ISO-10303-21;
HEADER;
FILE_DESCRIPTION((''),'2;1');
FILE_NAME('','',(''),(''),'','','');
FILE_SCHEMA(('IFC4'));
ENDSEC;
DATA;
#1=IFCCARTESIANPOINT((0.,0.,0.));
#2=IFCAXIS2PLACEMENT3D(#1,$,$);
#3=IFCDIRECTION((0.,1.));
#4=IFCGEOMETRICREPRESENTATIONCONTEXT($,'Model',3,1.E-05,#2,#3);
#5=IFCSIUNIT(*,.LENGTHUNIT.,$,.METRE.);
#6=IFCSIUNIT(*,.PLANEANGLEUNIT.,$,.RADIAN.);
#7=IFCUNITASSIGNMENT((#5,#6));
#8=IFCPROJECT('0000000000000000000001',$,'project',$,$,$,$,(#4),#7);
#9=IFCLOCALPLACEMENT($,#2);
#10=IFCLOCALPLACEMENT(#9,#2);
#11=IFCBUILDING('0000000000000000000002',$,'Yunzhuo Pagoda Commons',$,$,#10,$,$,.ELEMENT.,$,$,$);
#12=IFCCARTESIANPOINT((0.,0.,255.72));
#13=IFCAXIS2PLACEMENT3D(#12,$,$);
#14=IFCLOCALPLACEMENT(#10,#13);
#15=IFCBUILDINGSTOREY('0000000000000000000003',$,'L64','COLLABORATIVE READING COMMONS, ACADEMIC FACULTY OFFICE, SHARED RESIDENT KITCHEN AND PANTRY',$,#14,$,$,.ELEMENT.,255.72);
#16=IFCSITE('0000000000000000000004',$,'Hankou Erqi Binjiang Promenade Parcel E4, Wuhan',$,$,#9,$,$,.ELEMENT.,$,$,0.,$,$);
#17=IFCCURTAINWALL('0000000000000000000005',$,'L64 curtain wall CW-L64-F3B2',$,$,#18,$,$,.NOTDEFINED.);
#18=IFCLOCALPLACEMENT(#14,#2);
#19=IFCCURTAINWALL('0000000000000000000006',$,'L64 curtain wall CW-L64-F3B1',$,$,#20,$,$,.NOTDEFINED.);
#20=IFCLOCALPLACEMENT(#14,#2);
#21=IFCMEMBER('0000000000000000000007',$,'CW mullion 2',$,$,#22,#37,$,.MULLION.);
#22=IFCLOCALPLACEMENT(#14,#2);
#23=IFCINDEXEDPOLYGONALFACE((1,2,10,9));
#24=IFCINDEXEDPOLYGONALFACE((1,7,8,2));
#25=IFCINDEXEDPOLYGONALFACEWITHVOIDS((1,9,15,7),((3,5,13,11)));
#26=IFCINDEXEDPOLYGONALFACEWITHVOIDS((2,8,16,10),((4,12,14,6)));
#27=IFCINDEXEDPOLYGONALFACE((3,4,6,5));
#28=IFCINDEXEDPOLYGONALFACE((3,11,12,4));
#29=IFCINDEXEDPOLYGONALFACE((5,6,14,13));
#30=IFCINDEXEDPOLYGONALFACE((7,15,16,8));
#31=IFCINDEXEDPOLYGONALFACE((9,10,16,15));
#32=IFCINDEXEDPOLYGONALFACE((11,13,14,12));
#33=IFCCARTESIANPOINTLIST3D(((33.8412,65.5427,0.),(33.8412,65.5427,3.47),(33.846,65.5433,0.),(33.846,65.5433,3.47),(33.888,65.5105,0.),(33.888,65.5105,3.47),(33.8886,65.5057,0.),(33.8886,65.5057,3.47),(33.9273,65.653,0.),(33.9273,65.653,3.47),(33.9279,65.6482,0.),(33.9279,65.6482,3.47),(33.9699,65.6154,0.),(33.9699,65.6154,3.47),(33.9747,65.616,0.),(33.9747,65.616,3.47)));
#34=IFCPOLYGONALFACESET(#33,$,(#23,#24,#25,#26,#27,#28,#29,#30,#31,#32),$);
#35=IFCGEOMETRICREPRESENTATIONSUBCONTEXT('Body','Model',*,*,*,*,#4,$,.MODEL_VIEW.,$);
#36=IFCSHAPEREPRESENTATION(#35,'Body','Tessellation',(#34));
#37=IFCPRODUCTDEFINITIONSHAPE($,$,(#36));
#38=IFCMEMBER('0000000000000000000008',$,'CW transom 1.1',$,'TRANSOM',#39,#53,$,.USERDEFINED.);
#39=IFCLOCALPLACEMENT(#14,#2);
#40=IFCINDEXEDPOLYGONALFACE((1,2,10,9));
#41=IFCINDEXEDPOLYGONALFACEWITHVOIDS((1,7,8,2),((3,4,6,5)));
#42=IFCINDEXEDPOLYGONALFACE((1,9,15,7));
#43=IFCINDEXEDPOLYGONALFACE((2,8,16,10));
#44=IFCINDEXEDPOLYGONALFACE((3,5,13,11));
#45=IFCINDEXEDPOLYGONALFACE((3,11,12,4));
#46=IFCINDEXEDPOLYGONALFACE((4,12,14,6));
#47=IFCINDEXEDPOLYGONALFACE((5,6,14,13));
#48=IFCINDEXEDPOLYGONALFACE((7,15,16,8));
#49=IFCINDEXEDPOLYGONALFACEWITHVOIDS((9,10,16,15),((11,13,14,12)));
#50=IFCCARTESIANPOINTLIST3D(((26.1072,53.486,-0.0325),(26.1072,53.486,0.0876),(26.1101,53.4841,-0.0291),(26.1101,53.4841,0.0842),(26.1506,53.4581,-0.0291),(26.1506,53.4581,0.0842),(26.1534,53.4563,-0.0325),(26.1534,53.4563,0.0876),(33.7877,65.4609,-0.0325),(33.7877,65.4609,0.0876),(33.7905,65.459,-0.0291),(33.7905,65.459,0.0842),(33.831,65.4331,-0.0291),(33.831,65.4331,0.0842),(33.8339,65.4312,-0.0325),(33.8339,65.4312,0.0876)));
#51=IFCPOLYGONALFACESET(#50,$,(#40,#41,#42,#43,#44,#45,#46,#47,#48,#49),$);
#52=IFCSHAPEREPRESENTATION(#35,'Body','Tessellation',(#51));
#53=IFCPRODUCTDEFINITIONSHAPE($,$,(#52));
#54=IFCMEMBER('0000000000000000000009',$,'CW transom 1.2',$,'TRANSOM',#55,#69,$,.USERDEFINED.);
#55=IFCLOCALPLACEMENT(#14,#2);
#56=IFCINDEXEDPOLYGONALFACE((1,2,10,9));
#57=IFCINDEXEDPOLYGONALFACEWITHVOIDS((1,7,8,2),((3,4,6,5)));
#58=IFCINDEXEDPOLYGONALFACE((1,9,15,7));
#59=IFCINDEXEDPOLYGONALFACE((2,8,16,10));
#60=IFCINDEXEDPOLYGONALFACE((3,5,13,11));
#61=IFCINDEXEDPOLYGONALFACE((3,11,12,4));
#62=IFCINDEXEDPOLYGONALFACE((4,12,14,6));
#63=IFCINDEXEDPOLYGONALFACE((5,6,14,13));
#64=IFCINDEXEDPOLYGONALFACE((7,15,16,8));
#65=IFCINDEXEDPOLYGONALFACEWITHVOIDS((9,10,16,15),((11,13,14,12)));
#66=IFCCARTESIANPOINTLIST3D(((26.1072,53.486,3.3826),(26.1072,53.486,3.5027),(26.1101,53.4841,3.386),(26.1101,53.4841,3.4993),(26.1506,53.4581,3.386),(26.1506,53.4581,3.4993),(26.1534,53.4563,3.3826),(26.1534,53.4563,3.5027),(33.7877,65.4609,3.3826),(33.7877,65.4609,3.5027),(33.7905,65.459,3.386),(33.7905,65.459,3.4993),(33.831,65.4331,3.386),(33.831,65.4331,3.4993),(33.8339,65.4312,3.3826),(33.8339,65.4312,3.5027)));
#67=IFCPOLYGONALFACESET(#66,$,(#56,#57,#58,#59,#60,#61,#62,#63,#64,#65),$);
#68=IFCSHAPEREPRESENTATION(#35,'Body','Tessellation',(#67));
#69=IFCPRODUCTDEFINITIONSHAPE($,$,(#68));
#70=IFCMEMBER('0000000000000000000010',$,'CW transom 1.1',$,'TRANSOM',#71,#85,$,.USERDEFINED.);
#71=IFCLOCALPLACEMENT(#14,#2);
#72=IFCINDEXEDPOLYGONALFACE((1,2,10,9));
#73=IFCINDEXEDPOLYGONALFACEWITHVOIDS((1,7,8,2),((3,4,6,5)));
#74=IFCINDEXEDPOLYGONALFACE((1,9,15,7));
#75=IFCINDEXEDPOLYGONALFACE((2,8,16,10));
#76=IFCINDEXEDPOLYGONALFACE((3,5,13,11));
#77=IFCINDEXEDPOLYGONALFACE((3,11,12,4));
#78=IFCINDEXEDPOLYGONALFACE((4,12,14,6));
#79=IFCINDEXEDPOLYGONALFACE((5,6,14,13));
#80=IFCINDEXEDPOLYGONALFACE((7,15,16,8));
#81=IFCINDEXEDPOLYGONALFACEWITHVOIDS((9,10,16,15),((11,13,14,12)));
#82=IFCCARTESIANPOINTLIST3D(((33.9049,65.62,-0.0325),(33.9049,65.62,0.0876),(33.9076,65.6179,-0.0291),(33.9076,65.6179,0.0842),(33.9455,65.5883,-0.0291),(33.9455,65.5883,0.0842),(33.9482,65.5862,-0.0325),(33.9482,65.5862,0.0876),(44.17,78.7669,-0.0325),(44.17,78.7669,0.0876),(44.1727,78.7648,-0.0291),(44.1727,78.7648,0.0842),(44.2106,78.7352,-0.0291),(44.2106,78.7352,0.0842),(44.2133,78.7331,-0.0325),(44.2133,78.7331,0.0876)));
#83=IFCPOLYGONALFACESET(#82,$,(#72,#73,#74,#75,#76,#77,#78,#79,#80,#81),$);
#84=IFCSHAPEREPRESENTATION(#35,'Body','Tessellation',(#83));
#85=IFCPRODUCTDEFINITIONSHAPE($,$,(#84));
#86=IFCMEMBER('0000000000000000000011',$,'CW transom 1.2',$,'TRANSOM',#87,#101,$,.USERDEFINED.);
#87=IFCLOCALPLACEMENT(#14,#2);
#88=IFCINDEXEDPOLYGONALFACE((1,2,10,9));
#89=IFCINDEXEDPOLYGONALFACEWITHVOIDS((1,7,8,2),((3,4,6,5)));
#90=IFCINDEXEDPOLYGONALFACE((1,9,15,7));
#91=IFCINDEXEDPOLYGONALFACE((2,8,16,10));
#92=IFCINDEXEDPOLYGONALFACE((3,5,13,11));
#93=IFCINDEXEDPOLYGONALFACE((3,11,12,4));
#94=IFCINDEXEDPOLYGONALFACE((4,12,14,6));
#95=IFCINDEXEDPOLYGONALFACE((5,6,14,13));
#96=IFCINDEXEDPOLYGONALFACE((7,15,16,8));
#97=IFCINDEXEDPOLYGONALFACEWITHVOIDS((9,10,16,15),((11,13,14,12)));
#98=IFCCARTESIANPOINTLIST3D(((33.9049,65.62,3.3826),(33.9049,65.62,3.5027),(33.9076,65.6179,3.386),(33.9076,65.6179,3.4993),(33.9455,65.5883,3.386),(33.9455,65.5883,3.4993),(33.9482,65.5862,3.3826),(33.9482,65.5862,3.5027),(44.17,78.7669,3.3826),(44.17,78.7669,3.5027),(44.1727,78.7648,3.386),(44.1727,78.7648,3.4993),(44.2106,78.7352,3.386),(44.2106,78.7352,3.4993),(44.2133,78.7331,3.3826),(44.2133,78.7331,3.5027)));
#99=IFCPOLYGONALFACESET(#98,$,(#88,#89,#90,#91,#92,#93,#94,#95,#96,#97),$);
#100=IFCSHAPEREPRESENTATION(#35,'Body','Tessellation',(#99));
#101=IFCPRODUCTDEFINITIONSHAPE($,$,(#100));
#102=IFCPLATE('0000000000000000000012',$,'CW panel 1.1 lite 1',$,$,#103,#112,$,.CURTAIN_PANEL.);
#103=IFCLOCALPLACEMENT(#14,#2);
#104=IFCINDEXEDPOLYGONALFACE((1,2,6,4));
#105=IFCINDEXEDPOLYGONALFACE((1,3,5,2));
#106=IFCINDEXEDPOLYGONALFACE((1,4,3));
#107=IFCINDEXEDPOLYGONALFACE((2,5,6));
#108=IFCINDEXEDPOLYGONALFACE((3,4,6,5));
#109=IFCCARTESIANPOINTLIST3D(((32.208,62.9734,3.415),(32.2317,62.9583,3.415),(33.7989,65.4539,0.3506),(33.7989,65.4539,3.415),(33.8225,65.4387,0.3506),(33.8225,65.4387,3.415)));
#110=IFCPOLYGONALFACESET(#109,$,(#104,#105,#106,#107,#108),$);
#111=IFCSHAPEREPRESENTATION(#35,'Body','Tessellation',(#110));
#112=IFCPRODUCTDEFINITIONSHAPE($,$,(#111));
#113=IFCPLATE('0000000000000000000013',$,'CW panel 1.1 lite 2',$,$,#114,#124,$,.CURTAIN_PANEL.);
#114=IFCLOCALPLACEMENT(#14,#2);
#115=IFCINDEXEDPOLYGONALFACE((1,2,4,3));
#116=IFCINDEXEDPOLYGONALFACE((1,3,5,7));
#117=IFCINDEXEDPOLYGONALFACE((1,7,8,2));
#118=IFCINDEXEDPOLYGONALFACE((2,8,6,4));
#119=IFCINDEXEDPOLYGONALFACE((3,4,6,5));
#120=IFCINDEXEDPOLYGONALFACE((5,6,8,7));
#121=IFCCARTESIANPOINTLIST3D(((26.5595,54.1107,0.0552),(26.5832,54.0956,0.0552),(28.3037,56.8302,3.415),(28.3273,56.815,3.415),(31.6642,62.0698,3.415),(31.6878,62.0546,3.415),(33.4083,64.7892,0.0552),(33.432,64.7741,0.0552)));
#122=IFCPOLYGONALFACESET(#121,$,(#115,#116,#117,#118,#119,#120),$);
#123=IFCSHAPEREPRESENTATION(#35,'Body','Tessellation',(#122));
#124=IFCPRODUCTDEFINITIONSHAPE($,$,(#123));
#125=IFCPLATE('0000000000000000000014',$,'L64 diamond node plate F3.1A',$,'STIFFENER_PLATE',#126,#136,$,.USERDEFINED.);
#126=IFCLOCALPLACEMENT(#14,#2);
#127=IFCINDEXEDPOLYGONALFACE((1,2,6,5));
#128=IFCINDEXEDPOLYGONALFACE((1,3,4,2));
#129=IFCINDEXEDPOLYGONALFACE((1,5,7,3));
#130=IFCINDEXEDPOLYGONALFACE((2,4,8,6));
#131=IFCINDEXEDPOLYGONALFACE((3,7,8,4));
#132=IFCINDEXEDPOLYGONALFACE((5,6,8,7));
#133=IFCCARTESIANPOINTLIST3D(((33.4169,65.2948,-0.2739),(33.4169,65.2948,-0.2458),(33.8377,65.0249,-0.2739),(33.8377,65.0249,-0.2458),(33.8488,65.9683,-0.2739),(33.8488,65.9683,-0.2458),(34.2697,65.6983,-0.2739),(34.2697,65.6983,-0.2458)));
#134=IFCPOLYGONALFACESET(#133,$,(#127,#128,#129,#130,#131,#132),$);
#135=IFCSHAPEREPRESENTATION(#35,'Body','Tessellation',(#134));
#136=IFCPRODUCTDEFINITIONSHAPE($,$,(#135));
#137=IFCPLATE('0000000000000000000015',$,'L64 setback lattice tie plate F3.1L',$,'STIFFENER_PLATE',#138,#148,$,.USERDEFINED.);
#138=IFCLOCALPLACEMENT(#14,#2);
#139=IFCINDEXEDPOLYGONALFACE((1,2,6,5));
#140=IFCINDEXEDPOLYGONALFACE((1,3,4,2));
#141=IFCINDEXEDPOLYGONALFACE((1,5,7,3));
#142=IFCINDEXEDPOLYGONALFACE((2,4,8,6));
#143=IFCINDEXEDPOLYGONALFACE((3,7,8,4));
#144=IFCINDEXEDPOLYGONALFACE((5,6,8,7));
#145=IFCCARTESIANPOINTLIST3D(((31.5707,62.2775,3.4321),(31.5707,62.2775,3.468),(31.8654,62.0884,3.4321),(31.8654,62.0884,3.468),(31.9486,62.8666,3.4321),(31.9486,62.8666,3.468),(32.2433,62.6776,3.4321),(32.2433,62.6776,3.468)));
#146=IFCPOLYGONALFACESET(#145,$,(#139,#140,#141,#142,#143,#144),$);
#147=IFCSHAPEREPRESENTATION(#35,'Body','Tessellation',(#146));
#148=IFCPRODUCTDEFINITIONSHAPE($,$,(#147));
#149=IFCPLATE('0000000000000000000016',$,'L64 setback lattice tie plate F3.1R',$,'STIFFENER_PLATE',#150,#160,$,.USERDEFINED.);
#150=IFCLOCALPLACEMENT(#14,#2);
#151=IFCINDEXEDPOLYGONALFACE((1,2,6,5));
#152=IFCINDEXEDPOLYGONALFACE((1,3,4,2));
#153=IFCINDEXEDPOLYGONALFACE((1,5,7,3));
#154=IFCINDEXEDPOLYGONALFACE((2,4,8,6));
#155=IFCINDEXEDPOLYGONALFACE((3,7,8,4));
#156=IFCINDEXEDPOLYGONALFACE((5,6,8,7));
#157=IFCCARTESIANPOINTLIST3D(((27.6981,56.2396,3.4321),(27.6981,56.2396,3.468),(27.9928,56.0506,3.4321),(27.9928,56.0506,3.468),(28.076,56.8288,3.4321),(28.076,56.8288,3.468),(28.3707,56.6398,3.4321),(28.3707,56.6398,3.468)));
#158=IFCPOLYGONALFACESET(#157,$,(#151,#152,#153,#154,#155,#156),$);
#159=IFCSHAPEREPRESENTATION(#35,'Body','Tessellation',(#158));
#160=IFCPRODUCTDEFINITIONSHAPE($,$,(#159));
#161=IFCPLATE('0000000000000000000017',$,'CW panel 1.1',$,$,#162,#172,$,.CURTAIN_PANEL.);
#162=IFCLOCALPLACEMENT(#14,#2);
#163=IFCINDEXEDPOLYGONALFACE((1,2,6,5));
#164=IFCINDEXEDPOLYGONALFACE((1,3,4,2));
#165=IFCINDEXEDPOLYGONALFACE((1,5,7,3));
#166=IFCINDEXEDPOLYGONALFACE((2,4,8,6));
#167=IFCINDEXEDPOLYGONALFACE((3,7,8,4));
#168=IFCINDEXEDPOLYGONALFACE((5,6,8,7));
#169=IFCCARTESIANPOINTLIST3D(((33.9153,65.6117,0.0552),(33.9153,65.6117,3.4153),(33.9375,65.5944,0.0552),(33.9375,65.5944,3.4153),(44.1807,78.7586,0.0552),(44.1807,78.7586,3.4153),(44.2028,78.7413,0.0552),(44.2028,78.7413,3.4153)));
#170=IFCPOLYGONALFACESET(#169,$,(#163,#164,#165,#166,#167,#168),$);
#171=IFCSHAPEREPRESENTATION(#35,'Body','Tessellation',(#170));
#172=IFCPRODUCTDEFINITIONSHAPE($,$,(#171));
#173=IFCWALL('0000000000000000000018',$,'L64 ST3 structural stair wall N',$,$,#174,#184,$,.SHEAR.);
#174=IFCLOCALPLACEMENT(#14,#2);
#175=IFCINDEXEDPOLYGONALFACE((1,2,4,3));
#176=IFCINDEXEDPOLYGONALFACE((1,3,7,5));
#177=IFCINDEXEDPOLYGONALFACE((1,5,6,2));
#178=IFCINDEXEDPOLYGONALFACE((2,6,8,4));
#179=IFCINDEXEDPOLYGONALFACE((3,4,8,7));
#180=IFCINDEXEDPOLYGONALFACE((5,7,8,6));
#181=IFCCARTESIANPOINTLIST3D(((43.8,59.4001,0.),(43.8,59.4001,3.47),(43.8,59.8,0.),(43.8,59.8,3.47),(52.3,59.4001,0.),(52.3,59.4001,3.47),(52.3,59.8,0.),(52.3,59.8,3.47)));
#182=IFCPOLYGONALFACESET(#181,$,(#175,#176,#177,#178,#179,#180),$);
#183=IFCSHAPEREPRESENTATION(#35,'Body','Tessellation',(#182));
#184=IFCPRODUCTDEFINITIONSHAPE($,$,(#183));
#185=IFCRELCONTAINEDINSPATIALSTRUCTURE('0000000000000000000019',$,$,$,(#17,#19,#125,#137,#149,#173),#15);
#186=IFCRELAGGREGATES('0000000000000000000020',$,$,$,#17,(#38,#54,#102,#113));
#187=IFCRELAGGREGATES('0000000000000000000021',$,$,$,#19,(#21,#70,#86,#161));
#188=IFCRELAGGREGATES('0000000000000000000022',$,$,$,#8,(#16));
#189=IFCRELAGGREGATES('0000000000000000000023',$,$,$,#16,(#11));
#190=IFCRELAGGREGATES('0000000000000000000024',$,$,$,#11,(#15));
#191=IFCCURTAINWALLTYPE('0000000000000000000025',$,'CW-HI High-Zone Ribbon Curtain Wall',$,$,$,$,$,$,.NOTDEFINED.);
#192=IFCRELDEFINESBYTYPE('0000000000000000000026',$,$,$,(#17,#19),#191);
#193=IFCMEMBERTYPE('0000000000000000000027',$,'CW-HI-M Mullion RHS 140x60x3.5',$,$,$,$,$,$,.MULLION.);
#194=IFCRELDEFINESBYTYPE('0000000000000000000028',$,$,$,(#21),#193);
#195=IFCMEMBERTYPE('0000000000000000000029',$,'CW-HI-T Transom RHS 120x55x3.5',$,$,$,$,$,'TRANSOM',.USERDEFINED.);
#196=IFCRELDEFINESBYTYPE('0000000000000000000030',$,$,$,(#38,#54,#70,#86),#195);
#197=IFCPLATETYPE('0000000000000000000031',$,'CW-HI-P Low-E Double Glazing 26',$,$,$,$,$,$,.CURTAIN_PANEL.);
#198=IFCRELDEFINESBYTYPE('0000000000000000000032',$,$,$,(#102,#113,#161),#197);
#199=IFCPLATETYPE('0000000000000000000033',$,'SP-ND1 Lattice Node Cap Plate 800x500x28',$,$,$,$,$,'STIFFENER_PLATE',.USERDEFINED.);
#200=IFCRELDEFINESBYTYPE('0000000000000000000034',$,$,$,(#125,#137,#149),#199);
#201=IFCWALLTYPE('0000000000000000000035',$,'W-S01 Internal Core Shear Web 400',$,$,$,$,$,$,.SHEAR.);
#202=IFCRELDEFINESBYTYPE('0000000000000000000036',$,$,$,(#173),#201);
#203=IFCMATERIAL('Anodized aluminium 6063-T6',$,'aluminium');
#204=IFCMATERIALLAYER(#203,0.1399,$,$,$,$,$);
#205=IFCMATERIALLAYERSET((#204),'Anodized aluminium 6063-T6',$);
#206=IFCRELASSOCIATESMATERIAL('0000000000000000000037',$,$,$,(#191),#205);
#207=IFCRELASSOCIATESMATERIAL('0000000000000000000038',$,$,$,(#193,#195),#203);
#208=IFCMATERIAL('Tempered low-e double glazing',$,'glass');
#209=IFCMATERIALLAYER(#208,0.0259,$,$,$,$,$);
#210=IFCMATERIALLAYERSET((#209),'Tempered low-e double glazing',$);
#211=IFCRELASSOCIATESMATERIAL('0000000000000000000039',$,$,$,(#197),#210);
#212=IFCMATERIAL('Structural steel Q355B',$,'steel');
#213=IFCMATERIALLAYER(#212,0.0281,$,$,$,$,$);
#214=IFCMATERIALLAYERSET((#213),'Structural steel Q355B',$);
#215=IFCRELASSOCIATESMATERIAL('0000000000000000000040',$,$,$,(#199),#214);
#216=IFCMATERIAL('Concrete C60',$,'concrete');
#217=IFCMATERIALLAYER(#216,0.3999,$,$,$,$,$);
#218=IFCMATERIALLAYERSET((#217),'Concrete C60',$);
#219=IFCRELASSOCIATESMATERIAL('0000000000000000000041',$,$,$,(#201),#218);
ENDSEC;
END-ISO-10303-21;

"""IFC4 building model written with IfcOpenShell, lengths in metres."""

from ifc_helpers import new_model, si_unit, direction, frame, frame_2d, origin, origin_2d, place, context, subcontext, project, spatial, polyline, rectangle, hollow_rectangle, outline, extrude, source, transform, mapped, material, layer, layer_set, material_profile, profile_set, type_object, element, aggregate, save


model = new_model("IFC4")

# Units and contexts
model_context = context("Model", 3, precision=1e-05, world=origin(), true_north=direction((0.0, 1.0)))
body_context = subcontext(model_context, "Body", "Model", "MODEL_VIEW")
ifc_project = project(units=[si_unit("LENGTHUNIT", "METRE"), si_unit("PLANEANGLEUNIT", "RADIAN")], contexts=[model_context])

# Site, building, storey
site_placement = place(None, origin())
site = spatial("IfcSite", under=ifc_project, at=site_placement, Name="Hankou Erqi Binjiang Promenade Parcel E4, Wuhan", CompositionType="ELEMENT", RefElevation=0.0)
building_placement = place(site_placement, origin())
building = spatial("IfcBuilding", under=site, at=building_placement, Name="Yunzhuo Pagoda Commons", CompositionType="ELEMENT")
storey_placement = place(building_placement, frame((0.0, 0.0, 255.72)))
storey = spatial("IfcBuildingStorey", under=building, at=storey_placement, Name="L64", Description="COLLABORATIVE READING COMMONS, ACADEMIC FACULTY OFFICE, SHARED RESIDENT KITCHEN AND PANTRY", CompositionType="ELEMENT", Elevation=255.72)

# Shared definitions
ifc_material_1 = material(Name="Structural steel Q355B", Category="steel")

# Curtain wall
ifc_material_2 = material(Name="Anodized aluminium 6063-T6", Category="aluminium")
ifc_layer_1 = layer(ifc_material_2, 0.1399)
ifc_layer_set_1 = layer_set([ifc_layer_1], Name="Anodized aluminium 6063-T6")
curtain_wall_type = type_object("IfcCurtainWallType", Name="CW-HI High-Zone Ribbon Curtain Wall", PredefinedType="NOTDEFINED", material=ifc_layer_set_1)
curtain_wall_1_placement = place(storey_placement, origin())
curtain_wall_1 = element("IfcCurtainWall", 1, at=curtain_wall_1_placement, inside=storey, type_object=curtain_wall_type, Name="L64 curtain wall CW-L64-F3B2", PredefinedType="NOTDEFINED")
ifc_material_profile_1 = material_profile(ifc_material_2, hollow_rectangle(XDim=0.0601, YDim=0.1399, WallThickness=0.0034, at=origin_2d()), Name="Anodized aluminium 6063-T6")
ifc_profile_set_1 = profile_set([ifc_material_profile_1], Name="Anodized aluminium 6063-T6")
member_type_1 = type_object("IfcMemberType", Name="CW-HI-M Mullion RHS 140x60x3.5", PredefinedType="MULLION", material=ifc_profile_set_1)
shared_shape_1 = source(origin(), body_context, "Body", "SweptSolid", [
    extrude(hollow_rectangle(XDim=0.0601, YDim=0.1399, WallThickness=0.0034, at=origin_2d()), origin(), (0.0, 0.0, 1.0), 3.47),
])

# Curtain wall, member
curtain_wall_2_placement = place(storey_placement, origin())
curtain_wall_2 = element("IfcCurtainWall", 2, at=curtain_wall_2_placement, inside=storey, type_object=curtain_wall_type, Name="L64 curtain wall CW-L64-F3B1", PredefinedType="NOTDEFINED")
member_1_placement = place(storey_placement, frame((33.908, 65.5793, 0.0), z_axis=(0.0, 0.0, 1.0), x_axis=(0.78819, -0.615433, 0.0)))
member_1 = element("IfcMember", 3, at=member_1_placement, type_object=member_type_1, Name="CW mullion 2", PredefinedType="MULLION", context=body_context, shape_type="MappedRepresentation", body=[
    mapped(shared_shape_1, transform((0.0, 0.0, 0.0), scale=1.0)),
])

# Members
ifc_material_profile_2 = material_profile(ifc_material_2, hollow_rectangle(XDim=0.0549, YDim=0.1201, WallThickness=0.0034, at=origin_2d()), Name="Anodized aluminium 6063-T6")
ifc_profile_set_2 = profile_set([ifc_material_profile_2], Name="Anodized aluminium 6063-T6")
member_type_2 = type_object("IfcMemberType", Name="CW-HI-T Transom RHS 120x55x3.5", ElementType="TRANSOM", PredefinedType="USERDEFINED", material=ifc_profile_set_2)
shared_shape_2 = source(origin(), body_context, "Body", "SweptSolid", [
    extrude(hollow_rectangle(XDim=0.0549, YDim=0.1201, WallThickness=0.0034, at=origin_2d()), origin(), (0.0, 0.0, 1.0), 14.2263),
])
member_2_placement = place(storey_placement, frame((33.8108, 65.446, 0.0276), z_axis=(-0.539877, -0.841744, 0.0), x_axis=(0.841744, -0.539877, 0.0)))
member_2 = element("IfcMember", 4, at=member_2_placement, type_object=member_type_2, Name="CW transom 1.1", ObjectType="TRANSOM", PredefinedType="USERDEFINED", context=body_context, shape_type="MappedRepresentation", body=[
    mapped(shared_shape_2, transform((0.0, 0.0, 0.0), scale=1.0)),
])
member_3_placement = place(storey_placement, frame((33.8108, 65.446, 3.4426), z_axis=(-0.539877, -0.841744, 0.0), x_axis=(0.841744, -0.539877, 0.0)))
member_3 = element("IfcMember", 5, at=member_3_placement, type_object=member_type_2, Name="CW transom 1.2", ObjectType="TRANSOM", PredefinedType="USERDEFINED", context=body_context, shape_type="MappedRepresentation", body=[
    mapped(shared_shape_2, transform((0.0, 0.0, 0.0), scale=1.0)),
])
shared_shape_3 = source(origin(), body_context, "Body", "SweptSolid", [
    extrude(hollow_rectangle(XDim=0.0549, YDim=0.1201, WallThickness=0.0034, at=origin_2d()), origin(), (0.0, 0.0, 1.0), 16.6797),
])
member_4_placement = place(storey_placement, frame((44.1917, 78.75, 0.0276), z_axis=(-0.615423, -0.788197, 0.0), x_axis=(0.788197, -0.615423, 0.0)))
member_4 = element("IfcMember", 6, at=member_4_placement, type_object=member_type_2, Name="CW transom 1.1", ObjectType="TRANSOM", PredefinedType="USERDEFINED", context=body_context, shape_type="MappedRepresentation", body=[
    mapped(shared_shape_3, transform((0.0, 0.0, 0.0), scale=1.0)),
])
member_5_placement = place(storey_placement, frame((44.1917, 78.75, 3.4426), z_axis=(-0.615423, -0.788197, 0.0), x_axis=(0.788197, -0.615423, 0.0)))
member_5 = element("IfcMember", 7, at=member_5_placement, type_object=member_type_2, Name="CW transom 1.2", ObjectType="TRANSOM", PredefinedType="USERDEFINED", context=body_context, shape_type="MappedRepresentation", body=[
    mapped(shared_shape_3, transform((0.0, 0.0, 0.0), scale=1.0)),
])

# Plates
ifc_material_3 = material(Name="Tempered low-e double glazing", Category="glass")
ifc_layer_2 = layer(ifc_material_3, 0.0259)
ifc_layer_set_2 = layer_set([ifc_layer_2], Name="Tempered low-e double glazing")
plate_type_1 = type_object("IfcPlateType", Name="CW-HI-P Low-E Double Glazing 26", PredefinedType="CURTAIN_PANEL", material=ifc_layer_set_2)
plate_1_placement = place(storey_placement, frame((33.0271, 64.1985, 1.8828), z_axis=(-0.84175, 0.539867, 0.0), x_axis=(-0.539867, -0.84175, 0.0)))
plate_1 = element("IfcPlate", 8, at=plate_1_placement, type_object=plate_type_1, Name="CW panel 1.1 lite 1", PredefinedType="CURTAIN_PANEL", context=body_context, shape_type="SweptSolid", body=[
    extrude(outline(polyline([(-1.4734, -1.5322), (1.4734, 1.5322), (-1.4734, 1.5322), (-1.4734, -1.5322)])), origin(), (0.0, 0.0, 1.0), 0.0281),
])
plate_2_placement = place(storey_placement, frame((30.0076, 59.4348, 1.7351), z_axis=(-0.84175, 0.539867, 0.0), x_axis=(-0.539867, -0.84175, 0.0)))
plate_2 = element("IfcPlate", 9, at=plate_2_placement, type_object=plate_type_1, Name="CW panel 1.1 lite 2", PredefinedType="CURTAIN_PANEL", context=body_context, shape_type="SweptSolid", body=[
    extrude(outline(polyline([(-6.343, -1.6799), (6.343, -1.6799), (3.1123, 1.6799), (-3.1123, 1.6799), (-6.343, -1.6799)])), origin(), (0.0, 0.0, 1.0), 0.0281),
])
aggregate(curtain_wall_1, [member_2, member_3, plate_1, plate_2])

# Plates
ifc_layer_3 = layer(ifc_material_1, 0.0281)
ifc_layer_set_3 = layer_set([ifc_layer_3], Name="Structural steel Q355B")
plate_type_2 = type_object("IfcPlateType", Name="SP-ND1 Lattice Node Cap Plate 800x500x28", ElementType="STIFFENER_PLATE", PredefinedType="USERDEFINED", material=ifc_layer_set_3)
shared_shape_4 = source(origin(), body_context, "Body", "SweptSolid", [
    extrude(rectangle(XDim=0.8, YDim=0.5, at=origin_2d()), origin(), (0.0, 0.0, 1.0), 0.0281),
])
plate_3_placement = place(storey_placement, frame((33.8433, 65.4966, -0.2739), z_axis=(0.0, 0.0, 1.0), x_axis=(-0.539873, -0.841746, 0.0)))
element("IfcPlate", 10, at=plate_3_placement, inside=storey, type_object=plate_type_2, Name="L64 diamond node plate F3.1A", ObjectType="STIFFENER_PLATE", PredefinedType="USERDEFINED", context=body_context, shape_type="MappedRepresentation", body=[
    mapped(shared_shape_4, transform((0.0, 0.0, 0.0), scale=1.0)),
])
shared_shape_5 = source(origin(), body_context, "Body", "SweptSolid", [
    extrude(rectangle(XDim=0.7, YDim=0.3501, at=origin_2d()), origin(), (0.0, 0.0, 1.0), 0.0359),
])
for number, where, z_axis, x_axis, name in (
    (11, (31.907, 62.4775, 3.4321), (0.0, 0.0, 1.0), (-0.539873, -0.841746, 0.0), "L64 setback lattice tie plate F3.1L"),
    (12, (28.0344, 56.4397, 3.4321), (0.0, 0.0, 1.0), (-0.539873, -0.841746, 0.0), "L64 setback lattice tie plate F3.1R"),
):
    element("IfcPlate", number, at=place(storey_placement, frame(where, z_axis=z_axis, x_axis=x_axis)), inside=storey, type_object=plate_type_2, Name=name, ObjectType="STIFFENER_PLATE", PredefinedType="USERDEFINED", context=body_context, shape_type="MappedRepresentation", body=[
        mapped(shared_shape_5, transform((0.0, 0.0, 0.0), scale=1.0)),
    ])

# Plate
shared_shape_6 = source(origin(), body_context, "Body", "SweptSolid", [
    extrude(rectangle(XDim=16.6799, YDim=0.0281, at=origin_2d()), origin(), (0.0, 0.0, 1.0), 3.3601),
])
plate_4_placement = place(storey_placement, frame((39.0591, 72.1765, 0.0552), z_axis=(0.0, 0.0, 1.0), x_axis=(-0.615433, -0.78819, 0.0)))
plate_4 = element("IfcPlate", 13, at=plate_4_placement, type_object=plate_type_1, Name="CW panel 1.1", PredefinedType="CURTAIN_PANEL", context=body_context, shape_type="MappedRepresentation", body=[
    mapped(shared_shape_6, transform((0.0, 0.0, 0.0), scale=1.0)),
])
aggregate(curtain_wall_2, [member_1, member_4, member_5, plate_4])

# Wall
ifc_material_4 = material(Name="Concrete C60", Category="concrete")
ifc_layer_4 = layer(ifc_material_4, 0.3999)
ifc_layer_set_4 = layer_set([ifc_layer_4], Name="Concrete C60")
wall_type = type_object("IfcWallType", Name="W-S01 Internal Core Shear Web 400", PredefinedType="SHEAR", material=ifc_layer_set_4)
wall_placement = place(storey_placement, frame((43.8, 59.6001, 0.0), z_axis=(0.0, 0.0, 1.0), x_axis=(1.0, 0.0, 0.0)))
element("IfcWall", 14, at=wall_placement, inside=storey, type_object=wall_type, Name="L64 ST3 structural stair wall N", PredefinedType="SHEAR", context=body_context, shape_type="SweptSolid", body=[
    extrude(rectangle(XDim=8.5, YDim=0.3999, at=frame_2d((4.25, 0.0))), origin(), (0.0, 0.0, 1.0), 3.47),
])

save(model, "model.ifc")
